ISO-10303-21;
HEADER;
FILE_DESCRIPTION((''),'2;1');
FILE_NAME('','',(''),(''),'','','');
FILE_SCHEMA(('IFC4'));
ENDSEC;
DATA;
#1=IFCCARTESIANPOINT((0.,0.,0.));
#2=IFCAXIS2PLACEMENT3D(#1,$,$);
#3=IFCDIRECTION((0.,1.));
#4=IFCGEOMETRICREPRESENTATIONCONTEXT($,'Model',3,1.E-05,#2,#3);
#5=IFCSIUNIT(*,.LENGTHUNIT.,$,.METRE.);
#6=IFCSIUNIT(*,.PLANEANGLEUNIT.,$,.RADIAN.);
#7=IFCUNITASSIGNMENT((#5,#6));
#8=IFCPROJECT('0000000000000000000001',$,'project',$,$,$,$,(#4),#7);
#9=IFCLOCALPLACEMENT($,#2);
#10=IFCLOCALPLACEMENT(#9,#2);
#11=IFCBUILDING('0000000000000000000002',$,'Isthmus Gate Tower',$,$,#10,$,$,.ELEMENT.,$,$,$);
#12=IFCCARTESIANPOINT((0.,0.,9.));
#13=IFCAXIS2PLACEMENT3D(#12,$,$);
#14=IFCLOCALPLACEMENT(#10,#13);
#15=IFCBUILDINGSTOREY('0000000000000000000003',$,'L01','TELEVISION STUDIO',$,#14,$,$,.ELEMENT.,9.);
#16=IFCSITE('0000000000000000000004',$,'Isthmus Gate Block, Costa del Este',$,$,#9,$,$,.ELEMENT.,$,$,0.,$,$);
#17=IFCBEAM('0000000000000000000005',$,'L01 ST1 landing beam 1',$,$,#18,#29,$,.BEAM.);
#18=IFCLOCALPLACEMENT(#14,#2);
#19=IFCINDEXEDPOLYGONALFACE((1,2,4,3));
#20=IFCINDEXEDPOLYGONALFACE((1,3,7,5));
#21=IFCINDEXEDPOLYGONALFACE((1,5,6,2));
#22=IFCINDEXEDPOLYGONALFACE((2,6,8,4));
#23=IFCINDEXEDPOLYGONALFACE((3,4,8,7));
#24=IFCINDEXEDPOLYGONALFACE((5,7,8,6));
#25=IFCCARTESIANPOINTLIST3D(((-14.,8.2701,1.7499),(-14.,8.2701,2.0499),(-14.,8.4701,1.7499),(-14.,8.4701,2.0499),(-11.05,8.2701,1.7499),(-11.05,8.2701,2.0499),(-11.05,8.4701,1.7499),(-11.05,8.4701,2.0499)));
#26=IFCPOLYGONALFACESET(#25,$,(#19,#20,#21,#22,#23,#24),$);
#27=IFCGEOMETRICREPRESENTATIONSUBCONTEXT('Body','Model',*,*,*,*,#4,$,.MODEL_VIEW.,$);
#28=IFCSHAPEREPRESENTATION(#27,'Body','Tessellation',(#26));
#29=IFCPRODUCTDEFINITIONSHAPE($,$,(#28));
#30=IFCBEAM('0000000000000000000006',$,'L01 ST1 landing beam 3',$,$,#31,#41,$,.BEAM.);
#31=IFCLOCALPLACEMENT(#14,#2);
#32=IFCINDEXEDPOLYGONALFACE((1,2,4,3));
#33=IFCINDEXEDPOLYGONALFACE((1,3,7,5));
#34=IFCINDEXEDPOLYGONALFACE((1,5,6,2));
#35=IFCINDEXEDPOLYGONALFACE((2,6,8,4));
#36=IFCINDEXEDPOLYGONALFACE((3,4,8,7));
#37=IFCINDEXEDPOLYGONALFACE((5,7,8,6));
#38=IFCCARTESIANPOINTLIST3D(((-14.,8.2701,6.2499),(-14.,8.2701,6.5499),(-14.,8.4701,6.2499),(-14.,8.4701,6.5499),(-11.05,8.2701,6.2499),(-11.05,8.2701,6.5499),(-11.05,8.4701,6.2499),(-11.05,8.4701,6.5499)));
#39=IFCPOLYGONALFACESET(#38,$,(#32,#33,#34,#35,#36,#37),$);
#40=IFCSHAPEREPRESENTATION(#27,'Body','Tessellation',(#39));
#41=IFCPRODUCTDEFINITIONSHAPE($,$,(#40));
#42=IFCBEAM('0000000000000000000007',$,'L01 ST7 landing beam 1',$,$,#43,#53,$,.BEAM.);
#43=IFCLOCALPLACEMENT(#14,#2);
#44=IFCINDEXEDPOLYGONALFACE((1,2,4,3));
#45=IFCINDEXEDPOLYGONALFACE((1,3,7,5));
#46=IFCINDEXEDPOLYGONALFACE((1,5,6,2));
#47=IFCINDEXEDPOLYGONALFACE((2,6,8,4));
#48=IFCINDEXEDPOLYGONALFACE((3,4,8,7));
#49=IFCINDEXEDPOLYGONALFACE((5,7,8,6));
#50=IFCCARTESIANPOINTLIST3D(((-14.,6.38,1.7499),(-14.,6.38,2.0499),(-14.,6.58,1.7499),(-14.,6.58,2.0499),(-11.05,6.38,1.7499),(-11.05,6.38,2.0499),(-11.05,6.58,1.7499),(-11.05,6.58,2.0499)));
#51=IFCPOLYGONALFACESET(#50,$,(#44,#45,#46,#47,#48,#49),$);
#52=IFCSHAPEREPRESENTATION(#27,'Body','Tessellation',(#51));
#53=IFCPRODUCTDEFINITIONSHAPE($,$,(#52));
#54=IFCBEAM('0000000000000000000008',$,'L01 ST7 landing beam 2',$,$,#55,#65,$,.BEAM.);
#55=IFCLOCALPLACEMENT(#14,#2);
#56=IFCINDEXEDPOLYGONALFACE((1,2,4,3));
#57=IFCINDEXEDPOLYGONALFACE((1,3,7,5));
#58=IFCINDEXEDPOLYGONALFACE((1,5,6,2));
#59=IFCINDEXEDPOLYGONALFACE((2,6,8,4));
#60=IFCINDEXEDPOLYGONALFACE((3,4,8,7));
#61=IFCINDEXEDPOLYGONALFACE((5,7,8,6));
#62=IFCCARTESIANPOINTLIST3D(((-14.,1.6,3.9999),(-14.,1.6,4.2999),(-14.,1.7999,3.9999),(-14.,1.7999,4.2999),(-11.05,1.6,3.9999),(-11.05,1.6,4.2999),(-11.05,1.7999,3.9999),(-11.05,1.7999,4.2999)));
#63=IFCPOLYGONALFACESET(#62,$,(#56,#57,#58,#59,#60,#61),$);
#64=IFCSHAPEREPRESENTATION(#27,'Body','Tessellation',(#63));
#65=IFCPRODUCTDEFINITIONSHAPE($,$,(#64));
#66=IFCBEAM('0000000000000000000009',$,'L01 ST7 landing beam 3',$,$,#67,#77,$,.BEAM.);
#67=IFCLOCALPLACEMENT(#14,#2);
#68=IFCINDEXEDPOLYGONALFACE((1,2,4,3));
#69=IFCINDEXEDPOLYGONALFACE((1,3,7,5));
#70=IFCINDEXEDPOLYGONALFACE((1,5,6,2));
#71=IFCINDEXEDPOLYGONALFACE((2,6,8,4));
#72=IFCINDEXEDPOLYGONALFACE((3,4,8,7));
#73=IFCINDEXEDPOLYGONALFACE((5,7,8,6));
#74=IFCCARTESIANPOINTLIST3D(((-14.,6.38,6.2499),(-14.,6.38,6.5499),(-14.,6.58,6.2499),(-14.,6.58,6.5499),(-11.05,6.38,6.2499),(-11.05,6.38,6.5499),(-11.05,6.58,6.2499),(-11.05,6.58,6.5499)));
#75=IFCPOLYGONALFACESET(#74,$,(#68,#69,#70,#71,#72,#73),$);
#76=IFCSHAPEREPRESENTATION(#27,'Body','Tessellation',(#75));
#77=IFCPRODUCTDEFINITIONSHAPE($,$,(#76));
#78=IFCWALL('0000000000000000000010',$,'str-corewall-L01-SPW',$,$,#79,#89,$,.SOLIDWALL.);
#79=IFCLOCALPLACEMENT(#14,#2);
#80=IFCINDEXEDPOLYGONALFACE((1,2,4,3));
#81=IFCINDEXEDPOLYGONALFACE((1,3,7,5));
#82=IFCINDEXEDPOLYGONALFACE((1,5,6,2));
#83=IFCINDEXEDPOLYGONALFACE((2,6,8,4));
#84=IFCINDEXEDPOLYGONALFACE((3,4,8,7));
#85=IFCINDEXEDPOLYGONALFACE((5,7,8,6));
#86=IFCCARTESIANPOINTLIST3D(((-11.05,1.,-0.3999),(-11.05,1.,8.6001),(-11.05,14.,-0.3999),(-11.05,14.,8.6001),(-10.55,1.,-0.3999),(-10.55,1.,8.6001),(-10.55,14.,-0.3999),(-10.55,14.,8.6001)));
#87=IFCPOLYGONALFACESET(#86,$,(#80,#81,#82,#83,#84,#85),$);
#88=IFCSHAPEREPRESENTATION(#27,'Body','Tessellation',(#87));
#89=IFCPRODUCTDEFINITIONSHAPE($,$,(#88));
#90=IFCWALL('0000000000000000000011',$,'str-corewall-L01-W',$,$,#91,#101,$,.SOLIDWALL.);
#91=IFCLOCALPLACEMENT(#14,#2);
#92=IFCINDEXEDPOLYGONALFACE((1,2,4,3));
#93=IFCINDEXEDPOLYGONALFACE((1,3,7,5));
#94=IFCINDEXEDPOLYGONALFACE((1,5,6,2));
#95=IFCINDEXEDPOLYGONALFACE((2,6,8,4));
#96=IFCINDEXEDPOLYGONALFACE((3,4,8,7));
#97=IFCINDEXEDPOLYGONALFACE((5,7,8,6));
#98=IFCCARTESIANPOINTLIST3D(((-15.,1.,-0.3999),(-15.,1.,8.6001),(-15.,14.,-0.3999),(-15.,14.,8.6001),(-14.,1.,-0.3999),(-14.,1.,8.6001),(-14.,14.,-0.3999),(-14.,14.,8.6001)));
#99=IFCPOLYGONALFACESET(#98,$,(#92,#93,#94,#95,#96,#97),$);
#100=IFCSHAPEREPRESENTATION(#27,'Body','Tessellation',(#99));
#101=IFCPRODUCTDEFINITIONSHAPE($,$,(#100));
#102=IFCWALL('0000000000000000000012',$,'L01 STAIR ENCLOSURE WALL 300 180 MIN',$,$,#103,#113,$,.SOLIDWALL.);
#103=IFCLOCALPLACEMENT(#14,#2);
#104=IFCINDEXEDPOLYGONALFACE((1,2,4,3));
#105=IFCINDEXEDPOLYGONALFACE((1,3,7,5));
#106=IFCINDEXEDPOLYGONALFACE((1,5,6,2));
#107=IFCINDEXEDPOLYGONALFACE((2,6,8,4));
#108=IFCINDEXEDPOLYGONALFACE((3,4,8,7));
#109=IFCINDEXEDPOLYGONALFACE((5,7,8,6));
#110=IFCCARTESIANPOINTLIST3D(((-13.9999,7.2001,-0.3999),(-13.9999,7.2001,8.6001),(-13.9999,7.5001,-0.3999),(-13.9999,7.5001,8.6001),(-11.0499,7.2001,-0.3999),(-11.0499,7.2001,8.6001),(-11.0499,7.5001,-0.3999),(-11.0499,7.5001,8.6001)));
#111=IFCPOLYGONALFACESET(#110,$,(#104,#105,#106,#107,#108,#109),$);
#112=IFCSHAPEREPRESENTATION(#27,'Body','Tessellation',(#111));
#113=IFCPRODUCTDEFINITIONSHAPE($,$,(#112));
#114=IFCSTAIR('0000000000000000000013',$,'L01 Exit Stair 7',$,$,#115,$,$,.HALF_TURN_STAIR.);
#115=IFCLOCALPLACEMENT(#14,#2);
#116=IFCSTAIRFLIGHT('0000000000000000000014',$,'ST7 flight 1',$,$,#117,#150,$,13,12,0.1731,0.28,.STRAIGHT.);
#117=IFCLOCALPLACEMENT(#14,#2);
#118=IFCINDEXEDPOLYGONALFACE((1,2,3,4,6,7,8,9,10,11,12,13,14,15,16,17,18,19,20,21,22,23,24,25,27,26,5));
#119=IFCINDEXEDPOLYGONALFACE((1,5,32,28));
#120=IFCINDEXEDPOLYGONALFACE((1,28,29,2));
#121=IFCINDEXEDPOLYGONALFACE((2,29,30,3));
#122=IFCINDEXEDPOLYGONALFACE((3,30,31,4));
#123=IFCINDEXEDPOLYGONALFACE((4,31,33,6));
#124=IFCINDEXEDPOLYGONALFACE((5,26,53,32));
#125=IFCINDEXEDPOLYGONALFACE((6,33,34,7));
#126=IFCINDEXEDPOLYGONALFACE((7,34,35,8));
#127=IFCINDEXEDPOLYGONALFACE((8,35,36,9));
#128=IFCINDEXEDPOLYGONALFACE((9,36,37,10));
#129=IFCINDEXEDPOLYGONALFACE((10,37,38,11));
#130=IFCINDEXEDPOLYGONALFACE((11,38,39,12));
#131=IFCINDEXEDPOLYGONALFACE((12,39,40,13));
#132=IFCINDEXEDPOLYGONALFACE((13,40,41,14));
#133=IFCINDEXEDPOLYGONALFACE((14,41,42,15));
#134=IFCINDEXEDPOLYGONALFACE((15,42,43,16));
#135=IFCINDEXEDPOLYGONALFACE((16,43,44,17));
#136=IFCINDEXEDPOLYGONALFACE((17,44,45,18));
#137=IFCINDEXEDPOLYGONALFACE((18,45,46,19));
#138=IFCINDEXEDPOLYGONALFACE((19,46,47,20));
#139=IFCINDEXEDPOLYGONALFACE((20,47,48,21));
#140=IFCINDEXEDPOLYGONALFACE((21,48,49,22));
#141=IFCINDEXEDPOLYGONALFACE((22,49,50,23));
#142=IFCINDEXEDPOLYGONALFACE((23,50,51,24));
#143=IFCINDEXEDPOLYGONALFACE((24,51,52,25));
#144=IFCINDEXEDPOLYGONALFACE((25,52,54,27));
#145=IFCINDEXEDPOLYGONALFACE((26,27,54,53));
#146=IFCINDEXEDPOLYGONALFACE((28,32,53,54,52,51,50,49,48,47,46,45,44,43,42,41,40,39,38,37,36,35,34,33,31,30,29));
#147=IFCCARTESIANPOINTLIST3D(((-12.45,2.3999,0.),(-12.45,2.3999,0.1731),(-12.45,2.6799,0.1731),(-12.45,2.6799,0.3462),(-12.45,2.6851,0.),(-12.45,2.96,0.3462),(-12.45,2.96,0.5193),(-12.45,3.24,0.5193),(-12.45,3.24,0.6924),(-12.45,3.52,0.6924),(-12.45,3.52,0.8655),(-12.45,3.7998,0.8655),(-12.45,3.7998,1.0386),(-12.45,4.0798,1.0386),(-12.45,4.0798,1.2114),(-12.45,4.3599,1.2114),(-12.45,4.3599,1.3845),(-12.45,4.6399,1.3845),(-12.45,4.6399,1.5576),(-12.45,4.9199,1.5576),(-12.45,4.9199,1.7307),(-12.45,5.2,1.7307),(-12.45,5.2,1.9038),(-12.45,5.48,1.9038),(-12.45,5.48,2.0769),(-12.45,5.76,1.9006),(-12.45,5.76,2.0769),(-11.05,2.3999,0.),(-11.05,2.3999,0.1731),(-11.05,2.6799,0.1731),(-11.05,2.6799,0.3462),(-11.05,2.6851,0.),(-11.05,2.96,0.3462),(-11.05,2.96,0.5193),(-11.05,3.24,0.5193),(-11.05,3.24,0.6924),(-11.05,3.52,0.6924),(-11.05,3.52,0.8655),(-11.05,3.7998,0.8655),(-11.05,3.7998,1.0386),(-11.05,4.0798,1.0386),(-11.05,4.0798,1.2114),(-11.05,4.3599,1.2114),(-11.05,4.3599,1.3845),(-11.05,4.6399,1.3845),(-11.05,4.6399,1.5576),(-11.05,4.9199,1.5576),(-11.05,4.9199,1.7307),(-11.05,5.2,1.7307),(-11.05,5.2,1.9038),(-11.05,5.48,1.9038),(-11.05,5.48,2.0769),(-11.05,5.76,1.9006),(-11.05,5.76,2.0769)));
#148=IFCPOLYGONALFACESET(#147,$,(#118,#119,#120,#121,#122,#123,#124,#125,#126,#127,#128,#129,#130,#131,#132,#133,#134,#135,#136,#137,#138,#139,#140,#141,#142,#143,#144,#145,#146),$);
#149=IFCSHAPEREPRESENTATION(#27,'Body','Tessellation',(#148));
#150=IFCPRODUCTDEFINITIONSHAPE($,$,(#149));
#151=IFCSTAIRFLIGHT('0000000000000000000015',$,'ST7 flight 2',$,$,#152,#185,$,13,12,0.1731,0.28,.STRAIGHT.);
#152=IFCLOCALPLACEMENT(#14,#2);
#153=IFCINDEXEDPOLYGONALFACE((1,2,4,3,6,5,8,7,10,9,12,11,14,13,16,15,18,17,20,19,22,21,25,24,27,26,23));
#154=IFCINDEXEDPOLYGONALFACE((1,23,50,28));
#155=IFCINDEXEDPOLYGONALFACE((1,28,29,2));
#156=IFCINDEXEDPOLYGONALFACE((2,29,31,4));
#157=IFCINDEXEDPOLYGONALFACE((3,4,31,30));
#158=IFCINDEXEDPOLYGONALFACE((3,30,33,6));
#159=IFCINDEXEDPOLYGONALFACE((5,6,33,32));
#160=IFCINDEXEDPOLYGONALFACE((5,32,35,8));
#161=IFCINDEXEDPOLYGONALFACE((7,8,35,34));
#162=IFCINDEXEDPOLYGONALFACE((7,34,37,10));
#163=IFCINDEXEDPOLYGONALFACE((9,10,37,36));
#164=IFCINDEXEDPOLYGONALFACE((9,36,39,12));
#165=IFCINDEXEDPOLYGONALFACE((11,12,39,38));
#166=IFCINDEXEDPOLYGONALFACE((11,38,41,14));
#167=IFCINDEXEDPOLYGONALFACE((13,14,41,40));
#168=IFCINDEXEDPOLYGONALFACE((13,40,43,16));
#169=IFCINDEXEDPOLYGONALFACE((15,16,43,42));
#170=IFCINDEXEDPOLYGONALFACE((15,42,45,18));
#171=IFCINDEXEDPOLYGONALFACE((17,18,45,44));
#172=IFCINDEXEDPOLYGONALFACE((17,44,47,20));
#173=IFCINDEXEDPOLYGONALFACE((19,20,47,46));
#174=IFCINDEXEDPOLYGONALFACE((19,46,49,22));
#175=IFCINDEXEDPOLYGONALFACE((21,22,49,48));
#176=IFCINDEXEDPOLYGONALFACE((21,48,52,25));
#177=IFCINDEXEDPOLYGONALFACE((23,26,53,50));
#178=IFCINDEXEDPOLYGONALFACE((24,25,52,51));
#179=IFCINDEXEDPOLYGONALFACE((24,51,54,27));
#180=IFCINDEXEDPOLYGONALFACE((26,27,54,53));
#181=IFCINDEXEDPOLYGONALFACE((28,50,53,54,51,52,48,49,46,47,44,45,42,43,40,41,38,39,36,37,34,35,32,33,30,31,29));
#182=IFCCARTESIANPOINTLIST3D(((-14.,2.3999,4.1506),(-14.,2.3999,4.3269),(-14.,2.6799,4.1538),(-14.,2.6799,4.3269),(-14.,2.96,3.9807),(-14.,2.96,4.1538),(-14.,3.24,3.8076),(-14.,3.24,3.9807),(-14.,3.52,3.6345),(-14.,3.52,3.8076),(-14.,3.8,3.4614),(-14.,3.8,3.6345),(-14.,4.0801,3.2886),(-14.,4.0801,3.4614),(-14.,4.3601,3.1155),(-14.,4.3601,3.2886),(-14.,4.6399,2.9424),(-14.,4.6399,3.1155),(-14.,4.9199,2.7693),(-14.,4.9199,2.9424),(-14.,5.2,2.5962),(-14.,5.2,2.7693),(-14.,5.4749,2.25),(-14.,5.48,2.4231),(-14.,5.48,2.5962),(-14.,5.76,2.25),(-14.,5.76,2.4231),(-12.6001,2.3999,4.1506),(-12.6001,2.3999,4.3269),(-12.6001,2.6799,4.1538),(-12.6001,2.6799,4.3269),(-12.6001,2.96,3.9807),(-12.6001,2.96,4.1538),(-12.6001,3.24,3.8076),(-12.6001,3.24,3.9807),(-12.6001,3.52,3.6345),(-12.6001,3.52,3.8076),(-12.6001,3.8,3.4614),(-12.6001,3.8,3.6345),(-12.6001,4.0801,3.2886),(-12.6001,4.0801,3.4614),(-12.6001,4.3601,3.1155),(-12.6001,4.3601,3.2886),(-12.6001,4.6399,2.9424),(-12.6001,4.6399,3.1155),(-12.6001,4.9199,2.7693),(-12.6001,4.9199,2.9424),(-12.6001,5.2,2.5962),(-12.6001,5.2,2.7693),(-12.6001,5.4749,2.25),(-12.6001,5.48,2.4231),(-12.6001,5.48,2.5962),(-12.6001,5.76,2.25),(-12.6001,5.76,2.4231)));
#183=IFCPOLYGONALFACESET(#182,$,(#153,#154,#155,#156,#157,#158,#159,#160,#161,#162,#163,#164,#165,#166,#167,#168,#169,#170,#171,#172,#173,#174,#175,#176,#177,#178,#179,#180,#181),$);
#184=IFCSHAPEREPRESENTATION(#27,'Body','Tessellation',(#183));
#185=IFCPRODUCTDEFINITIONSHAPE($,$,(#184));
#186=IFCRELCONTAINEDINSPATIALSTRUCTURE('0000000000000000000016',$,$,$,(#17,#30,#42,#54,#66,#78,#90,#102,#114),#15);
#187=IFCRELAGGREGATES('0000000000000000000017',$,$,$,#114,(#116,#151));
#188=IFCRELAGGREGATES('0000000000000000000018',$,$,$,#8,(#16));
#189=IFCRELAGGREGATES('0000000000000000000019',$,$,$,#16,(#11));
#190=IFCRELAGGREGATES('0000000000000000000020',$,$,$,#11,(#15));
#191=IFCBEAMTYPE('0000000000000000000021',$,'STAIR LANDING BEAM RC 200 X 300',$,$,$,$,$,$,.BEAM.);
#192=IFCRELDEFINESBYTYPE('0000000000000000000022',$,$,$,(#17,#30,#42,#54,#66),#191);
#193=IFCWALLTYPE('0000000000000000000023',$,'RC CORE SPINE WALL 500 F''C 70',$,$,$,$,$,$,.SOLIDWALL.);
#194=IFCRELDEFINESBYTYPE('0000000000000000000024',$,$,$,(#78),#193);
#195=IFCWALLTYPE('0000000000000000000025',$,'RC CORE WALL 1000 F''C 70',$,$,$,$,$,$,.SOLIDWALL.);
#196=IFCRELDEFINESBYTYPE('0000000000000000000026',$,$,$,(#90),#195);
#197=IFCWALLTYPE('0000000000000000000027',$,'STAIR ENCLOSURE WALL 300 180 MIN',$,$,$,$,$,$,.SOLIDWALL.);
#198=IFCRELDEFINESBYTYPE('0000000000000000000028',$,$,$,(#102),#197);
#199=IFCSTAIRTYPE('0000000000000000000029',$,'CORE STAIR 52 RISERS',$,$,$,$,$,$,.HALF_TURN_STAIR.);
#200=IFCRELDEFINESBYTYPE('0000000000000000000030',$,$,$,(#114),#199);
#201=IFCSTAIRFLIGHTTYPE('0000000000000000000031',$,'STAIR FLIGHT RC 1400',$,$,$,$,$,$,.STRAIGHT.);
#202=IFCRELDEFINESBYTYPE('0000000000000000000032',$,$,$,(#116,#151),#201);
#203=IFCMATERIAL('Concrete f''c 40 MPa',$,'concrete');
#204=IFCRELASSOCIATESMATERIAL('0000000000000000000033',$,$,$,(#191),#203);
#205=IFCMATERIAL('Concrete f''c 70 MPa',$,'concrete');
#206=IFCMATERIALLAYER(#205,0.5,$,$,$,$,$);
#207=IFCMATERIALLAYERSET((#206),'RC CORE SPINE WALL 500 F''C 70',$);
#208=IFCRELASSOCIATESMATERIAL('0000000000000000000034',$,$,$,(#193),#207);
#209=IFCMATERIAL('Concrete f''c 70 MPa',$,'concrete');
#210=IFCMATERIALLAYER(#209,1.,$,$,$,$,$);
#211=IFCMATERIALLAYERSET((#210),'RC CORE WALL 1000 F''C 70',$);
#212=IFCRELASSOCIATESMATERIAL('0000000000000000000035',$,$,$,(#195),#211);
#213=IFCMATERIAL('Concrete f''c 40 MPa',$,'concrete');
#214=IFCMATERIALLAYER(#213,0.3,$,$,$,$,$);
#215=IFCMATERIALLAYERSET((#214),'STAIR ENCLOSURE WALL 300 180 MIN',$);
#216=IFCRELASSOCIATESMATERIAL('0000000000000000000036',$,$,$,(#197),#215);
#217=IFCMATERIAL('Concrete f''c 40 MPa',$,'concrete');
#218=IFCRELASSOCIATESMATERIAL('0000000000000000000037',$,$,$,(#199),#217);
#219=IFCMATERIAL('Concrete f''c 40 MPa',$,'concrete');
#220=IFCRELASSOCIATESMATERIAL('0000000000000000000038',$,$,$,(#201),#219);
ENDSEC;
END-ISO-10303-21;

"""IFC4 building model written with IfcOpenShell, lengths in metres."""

from ifc_helpers import new_model, si_unit, direction, frame, frame_2d, origin, origin_2d, place, context, subcontext, project, spatial, polyline, rectangle, outline, extrude, material, layer, layer_set, material_profile, profile_set, type_object, element, aggregate, save


model = new_model("IFC4")

# Units and contexts
model_context = context("Model", 3, precision=1e-05, world=origin(), true_north=direction((0.0, 1.0)))
body_context = subcontext(model_context, "Body", "Model", "MODEL_VIEW")
ifc_project = project(units=[si_unit("LENGTHUNIT", "METRE"), si_unit("PLANEANGLEUNIT", "RADIAN")], contexts=[model_context])

# Site, building, storey
site_placement = place(None, origin())
site = spatial("IfcSite", under=ifc_project, at=site_placement, Name="Isthmus Gate Block, Costa del Este", CompositionType="ELEMENT", RefElevation=0.0)
building_placement = place(site_placement, origin())
building = spatial("IfcBuilding", under=site, at=building_placement, Name="Isthmus Gate Tower", CompositionType="ELEMENT")
storey_placement = place(building_placement, frame((0.0, 0.0, 9.0)))
storey = spatial("IfcBuildingStorey", under=building, at=storey_placement, Name="L01", Description="TELEVISION STUDIO", CompositionType="ELEMENT", Elevation=9.0)

# Beams
ifc_material_1 = material(Name="Concrete f'c 40 MPa", Category="concrete")
ifc_material_profile = material_profile(ifc_material_1, rectangle(XDim=0.2, YDim=0.3, at=origin_2d()), Name="STAIR LANDING BEAM RC 200 X 300")
ifc_profile_set = profile_set([ifc_material_profile], Name="Concrete f'c 40 MPa")
beam_type = type_object("IfcBeamType", Name="STAIR LANDING BEAM RC 200 X 300", PredefinedType="BEAM", material=ifc_profile_set)
for number, where, z_axis, x_axis, name in (
    (1, (-14.0, 8.3701, 1.8999), (1.0, 0.0, 0.0), (0.0, 1.0, 0.0), "L01 ST1 landing beam 1"),
    (2, (-14.0, 8.3701, 6.3999), (1.0, 0.0, 0.0), (0.0, 1.0, 0.0), "L01 ST1 landing beam 3"),
    (3, (-14.0, 6.48, 1.8999), (1.0, 0.0, 0.0), (0.0, 1.0, 0.0), "L01 ST7 landing beam 1"),
    (4, (-14.0, 1.7, 4.1499), (1.0, 0.0, 0.0), (0.0, 1.0, 0.0), "L01 ST7 landing beam 2"),
    (5, (-14.0, 6.48, 6.3999), (1.0, 0.0, 0.0), (0.0, 1.0, 0.0), "L01 ST7 landing beam 3"),
):
    element("IfcBeam", number, at=place(storey_placement, frame(where, z_axis=z_axis, x_axis=x_axis)), inside=storey, type_object=beam_type, Name=name, PredefinedType="BEAM", context=body_context, shape_type="SweptSolid", body=[
        extrude(rectangle(XDim=0.2, YDim=0.3, at=origin_2d()), origin(), (0.0, 0.0, 1.0), 2.95),
    ])

# Walls
ifc_material_2 = material(Name="Concrete f'c 70 MPa", Category="concrete")
ifc_layer_1 = layer(ifc_material_2, 0.5)
ifc_layer_set_1 = layer_set([ifc_layer_1], Name="RC CORE SPINE WALL 500 F'C 70")
wall_type_1 = type_object("IfcWallType", Name="RC CORE SPINE WALL 500 F'C 70", PredefinedType="SOLIDWALL", material=ifc_layer_set_1)
wall_1_placement = place(storey_placement, frame((-10.8, 1.0, -0.3999), z_axis=(0.0, 0.0, 1.0), x_axis=(0.0, 1.0, 0.0)))
element("IfcWall", 6, at=wall_1_placement, inside=storey, type_object=wall_type_1, Name="str-corewall-L01-SPW", PredefinedType="SOLIDWALL", context=body_context, shape_type="SweptSolid", body=[
    extrude(rectangle(XDim=13.0, YDim=0.5, at=frame_2d((6.5, 0.0))), origin(), (0.0, 0.0, 1.0), 9.0),
])
ifc_material_3 = material(Name="Concrete f'c 70 MPa", Category="concrete")
ifc_layer_2 = layer(ifc_material_3, 1.0)
ifc_layer_set_2 = layer_set([ifc_layer_2], Name="RC CORE WALL 1000 F'C 70")
wall_type_2 = type_object("IfcWallType", Name="RC CORE WALL 1000 F'C 70", PredefinedType="SOLIDWALL", material=ifc_layer_set_2)
wall_2_placement = place(storey_placement, frame((-14.5, 1.0, -0.3999), z_axis=(0.0, 0.0, 1.0), x_axis=(0.0, 1.0, 0.0)))
element("IfcWall", 7, at=wall_2_placement, inside=storey, type_object=wall_type_2, Name="str-corewall-L01-W", PredefinedType="SOLIDWALL", context=body_context, shape_type="SweptSolid", body=[
    extrude(rectangle(XDim=13.0, YDim=1.0, at=frame_2d((6.5, 0.0))), origin(), (0.0, 0.0, 1.0), 9.0),
])
ifc_material_4 = material(Name="Concrete f'c 40 MPa", Category="concrete")
ifc_layer_3 = layer(ifc_material_4, 0.3)
ifc_layer_set_3 = layer_set([ifc_layer_3], Name="STAIR ENCLOSURE WALL 300 180 MIN")
wall_type_3 = type_object("IfcWallType", Name="STAIR ENCLOSURE WALL 300 180 MIN", PredefinedType="SOLIDWALL", material=ifc_layer_set_3)
wall_3_placement = place(storey_placement, frame((-14.0, 7.3501, -0.3999), z_axis=(0.0, 0.0, 1.0), x_axis=(1.0, 0.0, 0.0)))
element("IfcWall", 8, at=wall_3_placement, inside=storey, type_object=wall_type_3, Name="L01 STAIR ENCLOSURE WALL 300 180 MIN", PredefinedType="SOLIDWALL", context=body_context, shape_type="SweptSolid", body=[
    extrude(rectangle(XDim=2.95, YDim=0.3, at=frame_2d((1.4751, 0.0))), origin(), (0.0, 0.0, 1.0), 9.0),
])

# Stair, stair flights
ifc_material_5 = material(Name="Concrete f'c 40 MPa", Category="concrete")
stair_type = type_object("IfcStairType", Name="CORE STAIR 52 RISERS", PredefinedType="HALF_TURN_STAIR", material=ifc_material_5)
stair_placement = place(storey_placement, origin())
stair = element("IfcStair", 9, at=stair_placement, inside=storey, type_object=stair_type, Name="L01 Exit Stair 7", PredefinedType="HALF_TURN_STAIR")
ifc_material_6 = material(Name="Concrete f'c 40 MPa", Category="concrete")
stair_flight_type = type_object("IfcStairFlightType", Name="STAIR FLIGHT RC 1400", PredefinedType="STRAIGHT", material=ifc_material_6)
stair_flight_1_placement = place(storey_placement, frame((-11.75, 2.3999, 0.0), z_axis=(0.0, 0.0, 1.0), x_axis=(0.0, 1.0, 0.0)))
stair_flight_1 = element("IfcStairFlight", 10, at=stair_flight_1_placement, type_object=stair_flight_type, Name="ST7 flight 1", NumberOfRisers=13, NumberOfTreads=12, PredefinedType="STRAIGHT", RiserHeight=0.1731, TreadLength=0.28, context=body_context, shape_type="SweptSolid", body=[
    extrude(outline(polyline([(0.0, 0.0), (0.0, 0.1731), (0.28, 0.1731), (0.28, 0.3462), (0.5601, 0.3462), (0.5601, 0.5193), (0.8401, 0.5193), (0.8401, 0.6924), (1.1201, 0.6924), (1.1201, 0.8655), (1.3999, 0.8655), (1.3999, 1.0386), (1.6799, 1.0386), (1.6799, 1.2114), (1.96, 1.2114), (1.96, 1.3845), (2.24, 1.3845), (2.24, 1.5576), (2.52, 1.5576), (2.52, 1.7307), (2.8, 1.7307), (2.8, 1.9038), (3.0801, 1.9038), (3.0801, 2.0769), (3.3601, 2.0769), (3.3601, 2.25), (3.3601, 1.9006), (0.2852, 0.0), (0.0, 0.0)])), frame((0.0, 0.7, 0.0), z_axis=(0.0, -1.0, 0.0), x_axis=(1.0, 0.0, 0.0)), (0.0, 0.0, 1.0), 1.3999),
])
stair_flight_2_placement = place(storey_placement, frame((-13.3, 5.76, 2.25), z_axis=(0.0, 0.0, 1.0), x_axis=(0.0, -1.0, 0.0)))
stair_flight_2 = element("IfcStairFlight", 11, at=stair_flight_2_placement, type_object=stair_flight_type, Name="ST7 flight 2", NumberOfRisers=13, NumberOfTreads=12, PredefinedType="STRAIGHT", RiserHeight=0.1731, TreadLength=0.28, context=body_context, shape_type="SweptSolid", body=[
    extrude(outline(polyline([(0.0, 0.0), (0.0, 0.1731), (0.28, 0.1731), (0.28, 0.3462), (0.5601, 0.3462), (0.5601, 0.5193), (0.8401, 0.5193), (0.8401, 0.6924), (1.1201, 0.6924), (1.1201, 0.8655), (1.3999, 0.8655), (1.3999, 1.0386), (1.6799, 1.0386), (1.6799, 1.2114), (1.96, 1.2114), (1.96, 1.3845), (2.24, 1.3845), (2.24, 1.5576), (2.52, 1.5576), (2.52, 1.7307), (2.8, 1.7307), (2.8, 1.9038), (3.0801, 1.9038), (3.0801, 2.0769), (3.3601, 2.0769), (3.3601, 2.25), (3.3601, 1.9006), (0.2852, 0.0), (0.0, 0.0)])), frame((0.0, 0.7, 0.0), z_axis=(0.0, -1.0, 0.0), x_axis=(1.0, 0.0, 0.0)), (0.0, 0.0, 1.0), 1.3999),
])
aggregate(stair, [stair_flight_1, stair_flight_2])

save(model, "model.ifc")
